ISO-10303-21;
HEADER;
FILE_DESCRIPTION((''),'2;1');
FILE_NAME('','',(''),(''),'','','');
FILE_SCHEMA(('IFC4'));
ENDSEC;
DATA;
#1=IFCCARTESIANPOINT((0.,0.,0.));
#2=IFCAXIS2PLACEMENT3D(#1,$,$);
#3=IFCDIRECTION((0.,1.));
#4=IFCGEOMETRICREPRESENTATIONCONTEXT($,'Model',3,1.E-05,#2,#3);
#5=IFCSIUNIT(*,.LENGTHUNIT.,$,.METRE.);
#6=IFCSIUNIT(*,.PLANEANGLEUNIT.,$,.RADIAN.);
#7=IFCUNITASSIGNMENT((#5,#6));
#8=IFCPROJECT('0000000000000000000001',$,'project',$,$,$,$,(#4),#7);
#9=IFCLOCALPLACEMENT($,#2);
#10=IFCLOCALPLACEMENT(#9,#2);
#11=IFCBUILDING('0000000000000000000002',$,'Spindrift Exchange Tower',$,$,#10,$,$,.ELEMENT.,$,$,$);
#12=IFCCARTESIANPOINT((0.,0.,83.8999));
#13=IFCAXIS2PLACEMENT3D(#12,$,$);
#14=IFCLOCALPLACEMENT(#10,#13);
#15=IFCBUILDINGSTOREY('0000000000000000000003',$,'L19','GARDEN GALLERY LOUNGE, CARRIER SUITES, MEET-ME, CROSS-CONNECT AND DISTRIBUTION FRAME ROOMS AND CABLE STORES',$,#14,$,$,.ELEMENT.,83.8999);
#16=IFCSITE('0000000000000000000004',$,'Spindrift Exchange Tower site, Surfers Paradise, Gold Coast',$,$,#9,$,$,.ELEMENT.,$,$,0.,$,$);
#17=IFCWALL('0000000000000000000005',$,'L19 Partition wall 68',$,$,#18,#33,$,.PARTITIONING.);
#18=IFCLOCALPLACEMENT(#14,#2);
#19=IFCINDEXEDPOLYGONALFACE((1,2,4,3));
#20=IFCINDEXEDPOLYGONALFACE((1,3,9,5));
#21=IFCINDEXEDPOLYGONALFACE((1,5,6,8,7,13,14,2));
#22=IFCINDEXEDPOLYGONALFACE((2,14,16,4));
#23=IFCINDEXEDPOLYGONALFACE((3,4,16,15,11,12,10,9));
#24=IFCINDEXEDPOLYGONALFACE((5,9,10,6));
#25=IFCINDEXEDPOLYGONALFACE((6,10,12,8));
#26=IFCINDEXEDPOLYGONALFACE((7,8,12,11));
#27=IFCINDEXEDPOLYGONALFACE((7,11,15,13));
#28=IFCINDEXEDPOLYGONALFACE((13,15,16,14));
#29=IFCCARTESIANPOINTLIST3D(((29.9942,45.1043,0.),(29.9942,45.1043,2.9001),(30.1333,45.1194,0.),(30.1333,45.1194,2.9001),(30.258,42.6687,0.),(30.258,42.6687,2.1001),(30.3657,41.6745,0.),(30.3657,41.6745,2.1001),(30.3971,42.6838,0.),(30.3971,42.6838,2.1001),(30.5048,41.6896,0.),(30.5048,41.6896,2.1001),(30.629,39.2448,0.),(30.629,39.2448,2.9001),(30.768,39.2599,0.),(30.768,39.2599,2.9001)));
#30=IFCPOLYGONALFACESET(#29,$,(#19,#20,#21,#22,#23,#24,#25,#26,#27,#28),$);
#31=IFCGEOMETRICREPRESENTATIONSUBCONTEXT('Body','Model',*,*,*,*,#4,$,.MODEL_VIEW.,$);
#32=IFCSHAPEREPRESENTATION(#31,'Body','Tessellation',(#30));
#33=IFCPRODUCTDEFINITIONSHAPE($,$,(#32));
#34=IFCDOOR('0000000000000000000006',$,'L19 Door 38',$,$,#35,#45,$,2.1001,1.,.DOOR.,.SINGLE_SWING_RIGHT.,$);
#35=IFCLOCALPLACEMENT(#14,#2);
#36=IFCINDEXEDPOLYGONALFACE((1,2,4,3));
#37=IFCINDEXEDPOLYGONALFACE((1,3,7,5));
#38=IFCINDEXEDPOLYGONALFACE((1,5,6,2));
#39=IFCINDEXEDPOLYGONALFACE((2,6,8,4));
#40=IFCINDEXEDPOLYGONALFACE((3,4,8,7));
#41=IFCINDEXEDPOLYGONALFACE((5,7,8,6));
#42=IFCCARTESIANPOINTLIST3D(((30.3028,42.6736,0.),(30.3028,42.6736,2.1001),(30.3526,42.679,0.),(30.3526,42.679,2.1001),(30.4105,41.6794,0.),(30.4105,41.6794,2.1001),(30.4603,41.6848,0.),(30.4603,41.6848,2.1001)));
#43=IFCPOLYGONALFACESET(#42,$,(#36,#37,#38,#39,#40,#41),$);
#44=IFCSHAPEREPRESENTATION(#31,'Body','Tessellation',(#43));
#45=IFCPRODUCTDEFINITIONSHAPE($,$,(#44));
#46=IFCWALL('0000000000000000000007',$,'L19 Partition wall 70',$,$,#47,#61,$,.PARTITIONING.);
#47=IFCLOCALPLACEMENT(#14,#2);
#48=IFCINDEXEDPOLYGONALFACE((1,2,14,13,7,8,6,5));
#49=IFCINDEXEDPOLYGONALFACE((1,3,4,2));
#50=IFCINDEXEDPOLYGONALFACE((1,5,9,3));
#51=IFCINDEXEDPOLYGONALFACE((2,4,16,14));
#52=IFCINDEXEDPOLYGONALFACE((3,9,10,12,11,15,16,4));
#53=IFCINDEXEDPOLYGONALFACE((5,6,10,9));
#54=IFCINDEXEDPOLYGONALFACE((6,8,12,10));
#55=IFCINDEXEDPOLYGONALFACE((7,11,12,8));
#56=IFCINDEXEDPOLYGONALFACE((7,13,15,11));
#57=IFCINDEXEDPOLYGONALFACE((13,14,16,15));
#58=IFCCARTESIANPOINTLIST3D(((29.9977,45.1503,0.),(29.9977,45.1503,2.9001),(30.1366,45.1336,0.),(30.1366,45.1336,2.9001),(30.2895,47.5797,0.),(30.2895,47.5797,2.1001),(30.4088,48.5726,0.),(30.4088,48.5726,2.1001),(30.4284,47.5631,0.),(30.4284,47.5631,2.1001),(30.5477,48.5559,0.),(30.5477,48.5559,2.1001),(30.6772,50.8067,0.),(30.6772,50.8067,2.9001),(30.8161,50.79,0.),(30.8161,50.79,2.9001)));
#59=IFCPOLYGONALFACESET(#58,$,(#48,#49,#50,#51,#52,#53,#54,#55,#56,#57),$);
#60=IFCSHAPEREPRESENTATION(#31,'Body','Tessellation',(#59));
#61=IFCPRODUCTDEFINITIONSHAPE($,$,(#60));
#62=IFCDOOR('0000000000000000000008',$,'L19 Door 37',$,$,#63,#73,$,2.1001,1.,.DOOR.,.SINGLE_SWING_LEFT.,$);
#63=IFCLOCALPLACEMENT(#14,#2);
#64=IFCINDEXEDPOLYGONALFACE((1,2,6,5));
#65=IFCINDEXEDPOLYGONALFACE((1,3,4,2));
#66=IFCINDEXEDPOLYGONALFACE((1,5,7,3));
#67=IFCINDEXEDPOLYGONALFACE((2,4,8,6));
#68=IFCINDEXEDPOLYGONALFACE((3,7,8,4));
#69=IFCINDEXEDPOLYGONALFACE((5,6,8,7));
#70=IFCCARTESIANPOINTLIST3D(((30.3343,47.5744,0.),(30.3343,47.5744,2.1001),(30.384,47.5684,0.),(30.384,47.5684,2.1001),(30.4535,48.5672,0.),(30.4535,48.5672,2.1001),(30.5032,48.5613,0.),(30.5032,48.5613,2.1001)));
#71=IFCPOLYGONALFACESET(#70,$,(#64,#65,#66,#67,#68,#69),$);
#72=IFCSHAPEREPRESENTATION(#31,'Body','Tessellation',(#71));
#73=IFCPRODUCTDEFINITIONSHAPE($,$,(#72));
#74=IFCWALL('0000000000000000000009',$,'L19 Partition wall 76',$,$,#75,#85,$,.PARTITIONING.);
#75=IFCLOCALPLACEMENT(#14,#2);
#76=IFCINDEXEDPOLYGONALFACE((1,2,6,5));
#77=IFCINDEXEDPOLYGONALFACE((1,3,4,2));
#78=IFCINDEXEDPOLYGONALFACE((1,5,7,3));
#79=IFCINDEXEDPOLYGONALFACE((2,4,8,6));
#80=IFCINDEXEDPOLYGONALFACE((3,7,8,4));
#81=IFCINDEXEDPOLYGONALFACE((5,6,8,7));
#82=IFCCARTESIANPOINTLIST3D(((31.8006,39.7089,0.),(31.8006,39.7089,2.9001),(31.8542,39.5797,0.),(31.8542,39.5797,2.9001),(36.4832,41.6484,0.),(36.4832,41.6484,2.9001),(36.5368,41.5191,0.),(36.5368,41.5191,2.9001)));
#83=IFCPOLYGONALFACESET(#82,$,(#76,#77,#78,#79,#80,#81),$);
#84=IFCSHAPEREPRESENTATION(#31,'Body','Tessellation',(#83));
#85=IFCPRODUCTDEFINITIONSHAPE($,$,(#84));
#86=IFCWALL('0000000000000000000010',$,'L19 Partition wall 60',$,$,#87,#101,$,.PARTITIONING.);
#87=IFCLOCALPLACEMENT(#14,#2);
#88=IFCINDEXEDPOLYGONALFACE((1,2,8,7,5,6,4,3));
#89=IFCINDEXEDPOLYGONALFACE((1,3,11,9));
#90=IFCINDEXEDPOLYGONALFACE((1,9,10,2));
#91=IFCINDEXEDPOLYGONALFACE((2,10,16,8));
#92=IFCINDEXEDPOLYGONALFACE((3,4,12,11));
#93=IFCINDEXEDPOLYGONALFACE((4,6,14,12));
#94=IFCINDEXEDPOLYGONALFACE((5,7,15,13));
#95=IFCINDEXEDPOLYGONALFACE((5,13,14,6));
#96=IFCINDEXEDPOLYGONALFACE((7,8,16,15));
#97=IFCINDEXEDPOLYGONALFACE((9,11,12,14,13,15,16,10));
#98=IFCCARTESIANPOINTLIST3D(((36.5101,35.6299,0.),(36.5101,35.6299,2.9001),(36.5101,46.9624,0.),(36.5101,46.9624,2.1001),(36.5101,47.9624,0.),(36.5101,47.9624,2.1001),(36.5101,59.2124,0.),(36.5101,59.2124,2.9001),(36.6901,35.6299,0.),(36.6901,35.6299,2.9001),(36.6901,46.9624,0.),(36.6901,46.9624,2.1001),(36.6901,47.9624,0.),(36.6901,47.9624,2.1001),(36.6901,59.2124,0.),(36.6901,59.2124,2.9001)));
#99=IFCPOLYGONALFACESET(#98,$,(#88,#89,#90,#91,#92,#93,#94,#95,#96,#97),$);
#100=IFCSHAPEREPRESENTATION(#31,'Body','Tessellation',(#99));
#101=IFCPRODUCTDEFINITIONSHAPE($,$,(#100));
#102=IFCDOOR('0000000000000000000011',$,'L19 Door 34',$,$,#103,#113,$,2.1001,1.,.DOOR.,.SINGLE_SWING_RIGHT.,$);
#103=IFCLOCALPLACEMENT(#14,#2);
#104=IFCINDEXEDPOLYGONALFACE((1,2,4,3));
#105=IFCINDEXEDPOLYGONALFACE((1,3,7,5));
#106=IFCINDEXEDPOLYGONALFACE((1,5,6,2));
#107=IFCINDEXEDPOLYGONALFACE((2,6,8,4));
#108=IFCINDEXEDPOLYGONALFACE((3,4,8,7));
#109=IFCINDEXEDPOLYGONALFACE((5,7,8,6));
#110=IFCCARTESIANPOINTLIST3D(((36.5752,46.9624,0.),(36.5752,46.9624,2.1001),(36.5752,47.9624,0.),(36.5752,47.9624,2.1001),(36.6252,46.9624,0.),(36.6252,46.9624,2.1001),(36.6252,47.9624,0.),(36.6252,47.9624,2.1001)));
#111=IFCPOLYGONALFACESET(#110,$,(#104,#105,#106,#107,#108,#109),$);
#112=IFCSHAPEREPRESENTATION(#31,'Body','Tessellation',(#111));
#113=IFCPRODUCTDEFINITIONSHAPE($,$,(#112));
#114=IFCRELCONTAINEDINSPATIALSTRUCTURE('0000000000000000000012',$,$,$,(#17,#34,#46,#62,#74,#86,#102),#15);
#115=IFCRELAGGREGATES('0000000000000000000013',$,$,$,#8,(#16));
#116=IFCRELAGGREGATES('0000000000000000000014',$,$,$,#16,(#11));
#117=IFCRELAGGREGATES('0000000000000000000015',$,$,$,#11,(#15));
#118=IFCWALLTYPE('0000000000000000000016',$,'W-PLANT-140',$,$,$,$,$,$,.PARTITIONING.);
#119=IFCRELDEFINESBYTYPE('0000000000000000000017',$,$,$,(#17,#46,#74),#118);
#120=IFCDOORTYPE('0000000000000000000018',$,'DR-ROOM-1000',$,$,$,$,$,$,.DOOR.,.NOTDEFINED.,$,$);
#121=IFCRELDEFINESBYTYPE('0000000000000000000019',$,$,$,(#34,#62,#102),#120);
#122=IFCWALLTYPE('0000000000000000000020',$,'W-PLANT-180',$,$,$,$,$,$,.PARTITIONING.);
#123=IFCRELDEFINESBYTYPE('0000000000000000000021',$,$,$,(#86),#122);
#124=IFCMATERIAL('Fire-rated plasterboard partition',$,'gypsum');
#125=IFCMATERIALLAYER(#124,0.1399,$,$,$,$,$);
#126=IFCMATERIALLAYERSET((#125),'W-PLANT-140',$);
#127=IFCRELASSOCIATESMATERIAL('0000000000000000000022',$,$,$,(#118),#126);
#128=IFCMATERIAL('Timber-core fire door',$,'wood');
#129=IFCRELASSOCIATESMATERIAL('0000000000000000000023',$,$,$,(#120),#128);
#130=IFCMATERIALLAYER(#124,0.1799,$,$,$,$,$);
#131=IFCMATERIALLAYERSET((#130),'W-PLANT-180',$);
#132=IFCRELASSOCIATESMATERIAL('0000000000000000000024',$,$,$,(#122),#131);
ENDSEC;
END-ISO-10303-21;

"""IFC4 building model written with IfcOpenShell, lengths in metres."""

from ifc_helpers import new_model, si_unit, direction, frame, frame_2d, origin, place, context, subcontext, project, spatial, rectangle, extrude, source, transform, mapped, material, layer, layer_set, type_object, element, fill, save


model = new_model("IFC4")

# Units and contexts
model_context = context("Model", 3, precision=1e-05, world=origin(), true_north=direction((0.0, 1.0)))
body_context = subcontext(model_context, "Body", "Model", "MODEL_VIEW")
ifc_project = project(units=[si_unit("LENGTHUNIT", "METRE"), si_unit("PLANEANGLEUNIT", "RADIAN")], contexts=[model_context])

# Site, building, storey
site_placement = place(None, origin())
site = spatial("IfcSite", under=ifc_project, at=site_placement, Name="Spindrift Exchange Tower site, Surfers Paradise, Gold Coast", CompositionType="ELEMENT", RefElevation=0.0)
building_placement = place(site_placement, origin())
building = spatial("IfcBuilding", under=site, at=building_placement, Name="Spindrift Exchange Tower", CompositionType="ELEMENT")
storey_placement = place(building_placement, frame((0.0, 0.0, 83.8999)))
storey = spatial("IfcBuildingStorey", under=building, at=storey_placement, Name="L19", Description="GARDEN GALLERY LOUNGE, CARRIER SUITES, MEET-ME, CROSS-CONNECT AND DISTRIBUTION FRAME ROOMS AND CABLE STORES", CompositionType="ELEMENT", Elevation=83.8999)

# Shared definitions
ifc_material_1 = material(Name="Fire-rated plasterboard partition", Category="gypsum")

# Shared definitions
ifc_layer_1 = layer(ifc_material_1, 0.1399)
ifc_layer_set_1 = layer_set([ifc_layer_1], Name="W-PLANT-140")
wall_type_1 = type_object("IfcWallType", Name="W-PLANT-140", PredefinedType="PARTITIONING", material=ifc_layer_set_1)

# Walls, openings, doors
wall_1_placement = place(storey_placement, frame((30.6985, 39.2524, 0.0), z_axis=(0.0, 0.0, 1.0), x_axis=(-0.107699, 0.994184, 0.0)))
wall_1 = element("IfcWall", 1, at=wall_1_placement, inside=storey, type_object=wall_type_1, Name="L19 Partition wall 68", PredefinedType="PARTITIONING", context=body_context, shape_type="SweptSolid", body=[
    extrude(rectangle(XDim=5.8938, YDim=0.1399, at=frame_2d((2.9468, 0.0))), origin(), (0.0, 0.0, 1.0), 2.9001),
])
opening_1_placement = place(wall_1_placement, frame((2.4438, 0.0, 0.0)))
opening_1 = element("IfcOpeningElement", 2, at=opening_1_placement, cuts=wall_1, PredefinedType="OPENING", context=body_context, shape_type="SweptSolid", body=[
    extrude(rectangle(XDim=1.0, YDim=2.1001, at=frame_2d((0.5, 1.05))), frame((0.0, 0.0798, 0.0), z_axis=(0.0, -1.0, 0.0), x_axis=(1.0, 0.0, 0.0)), (0.0, 0.0, 1.0), 0.1599),
])
ifc_material_2 = material(Name="Timber-core fire door", Category="wood")
door_type_1 = type_object("IfcDoorType", Name="DR-ROOM-1000", OperationType="NOTDEFINED", PredefinedType="DOOR", material=ifc_material_2)
shared_shape_1 = source(origin(), body_context, "Body", "SweptSolid", [
    extrude(rectangle(XDim=1.0, YDim=2.1001, at=frame_2d((0.5, 1.05))), frame((0.0, 0.0249, 0.0), z_axis=(0.0, -1.0, 0.0), x_axis=(1.0, 0.0, 0.0)), (0.0, 0.0, 1.0), 0.05),
])
door_1_placement = place(opening_1_placement, origin())
door_1 = element("IfcDoor", 3, at=door_1_placement, inside=storey, type_object=door_type_1, Name="L19 Door 38", OperationType="SINGLE_SWING_RIGHT", OverallHeight=2.1001, OverallWidth=1.0, PredefinedType="DOOR", context=body_context, shape_type="MappedRepresentation", body=[
    mapped(shared_shape_1, transform((0.0, 0.0, 0.0), scale=1.0)),
])
fill(opening_1, door_1)
wall_2_placement = place(storey_placement, frame((30.0671, 45.1418, 0.0), z_axis=(0.0, 0.0, 1.0), x_axis=(0.119265, 0.992862, 0.0)))
wall_2 = element("IfcWall", 4, at=wall_2_placement, inside=storey, type_object=wall_type_1, Name="L19 Partition wall 70", PredefinedType="PARTITIONING", context=body_context, shape_type="SweptSolid", body=[
    extrude(rectangle(XDim=5.697, YDim=0.1399, at=frame_2d((2.8486, 0.0))), origin(), (0.0, 0.0, 1.0), 2.9001),
])
opening_2_placement = place(wall_2_placement, frame((2.447, 0.0, 0.0)))
opening_2 = element("IfcOpeningElement", 5, at=opening_2_placement, cuts=wall_2, PredefinedType="OPENING", context=body_context, shape_type="SweptSolid", body=[
    extrude(rectangle(XDim=1.0, YDim=2.1001, at=frame_2d((0.5, 1.05))), frame((0.0, 0.0798, 0.0), z_axis=(0.0, -1.0, 0.0), x_axis=(1.0, 0.0, 0.0)), (0.0, 0.0, 1.0), 0.1599),
])
door_2_placement = place(opening_2_placement, origin())
door_2 = element("IfcDoor", 6, at=door_2_placement, inside=storey, type_object=door_type_1, Name="L19 Door 37", OperationType="SINGLE_SWING_LEFT", OverallHeight=2.1001, OverallWidth=1.0, PredefinedType="DOOR", context=body_context, shape_type="MappedRepresentation", body=[
    mapped(shared_shape_1, transform((0.0, 0.0, 0.0), scale=1.0)),
])
fill(opening_2, door_2)

# Wall
wall_3_placement = place(storey_placement, frame((31.8274, 39.6443, 0.0), z_axis=(0.0, 0.0, 1.0), x_axis=(0.92389, 0.382658, 0.0)))
element("IfcWall", 7, at=wall_3_placement, inside=storey, type_object=wall_type_1, Name="L19 Partition wall 76", PredefinedType="PARTITIONING", context=body_context, shape_type="SweptSolid", body=[
    extrude(rectangle(XDim=5.0684, YDim=0.1399, at=frame_2d((2.5342, 0.0))), origin(), (0.0, 0.0, 1.0), 2.9001),
])

# Wall, opening, door
ifc_layer_2 = layer(ifc_material_1, 0.1799)
ifc_layer_set_2 = layer_set([ifc_layer_2], Name="W-PLANT-180")
wall_type_2 = type_object("IfcWallType", Name="W-PLANT-180", PredefinedType="PARTITIONING", material=ifc_layer_set_2)
wall_4_placement = place(storey_placement, frame((36.6001, 35.6299, 0.0), z_axis=(0.0, 0.0, 1.0), x_axis=(0.0, 1.0, 0.0)))
wall_4 = element("IfcWall", 8, at=wall_4_placement, inside=storey, type_object=wall_type_2, Name="L19 Partition wall 60", PredefinedType="PARTITIONING", context=body_context, shape_type="SweptSolid", body=[
    extrude(rectangle(XDim=23.5825, YDim=0.1799, at=frame_2d((11.7913, 0.0))), origin(), (0.0, 0.0, 1.0), 2.9001),
])
opening_3_placement = place(wall_4_placement, frame((11.3325, 0.0, 0.0)))
opening_3 = element("IfcOpeningElement", 9, at=opening_3_placement, cuts=wall_4, PredefinedType="OPENING", context=body_context, shape_type="SweptSolid", body=[
    extrude(rectangle(XDim=1.0, YDim=2.1001, at=frame_2d((0.5, 1.05))), frame((0.0, 0.0999, 0.0), z_axis=(0.0, -1.0, 0.0), x_axis=(1.0, 0.0, 0.0)), (0.0, 0.0, 1.0), 0.2),
])
door_3_placement = place(opening_3_placement, origin())
door_3 = element("IfcDoor", 10, at=door_3_placement, inside=storey, type_object=door_type_1, Name="L19 Door 34", OperationType="SINGLE_SWING_RIGHT", OverallHeight=2.1001, OverallWidth=1.0, PredefinedType="DOOR", context=body_context, shape_type="MappedRepresentation", body=[
    mapped(shared_shape_1, transform((0.0, 0.0, 0.0), scale=1.0)),
])
fill(opening_3, door_3)

save(model, "model.ifc")
